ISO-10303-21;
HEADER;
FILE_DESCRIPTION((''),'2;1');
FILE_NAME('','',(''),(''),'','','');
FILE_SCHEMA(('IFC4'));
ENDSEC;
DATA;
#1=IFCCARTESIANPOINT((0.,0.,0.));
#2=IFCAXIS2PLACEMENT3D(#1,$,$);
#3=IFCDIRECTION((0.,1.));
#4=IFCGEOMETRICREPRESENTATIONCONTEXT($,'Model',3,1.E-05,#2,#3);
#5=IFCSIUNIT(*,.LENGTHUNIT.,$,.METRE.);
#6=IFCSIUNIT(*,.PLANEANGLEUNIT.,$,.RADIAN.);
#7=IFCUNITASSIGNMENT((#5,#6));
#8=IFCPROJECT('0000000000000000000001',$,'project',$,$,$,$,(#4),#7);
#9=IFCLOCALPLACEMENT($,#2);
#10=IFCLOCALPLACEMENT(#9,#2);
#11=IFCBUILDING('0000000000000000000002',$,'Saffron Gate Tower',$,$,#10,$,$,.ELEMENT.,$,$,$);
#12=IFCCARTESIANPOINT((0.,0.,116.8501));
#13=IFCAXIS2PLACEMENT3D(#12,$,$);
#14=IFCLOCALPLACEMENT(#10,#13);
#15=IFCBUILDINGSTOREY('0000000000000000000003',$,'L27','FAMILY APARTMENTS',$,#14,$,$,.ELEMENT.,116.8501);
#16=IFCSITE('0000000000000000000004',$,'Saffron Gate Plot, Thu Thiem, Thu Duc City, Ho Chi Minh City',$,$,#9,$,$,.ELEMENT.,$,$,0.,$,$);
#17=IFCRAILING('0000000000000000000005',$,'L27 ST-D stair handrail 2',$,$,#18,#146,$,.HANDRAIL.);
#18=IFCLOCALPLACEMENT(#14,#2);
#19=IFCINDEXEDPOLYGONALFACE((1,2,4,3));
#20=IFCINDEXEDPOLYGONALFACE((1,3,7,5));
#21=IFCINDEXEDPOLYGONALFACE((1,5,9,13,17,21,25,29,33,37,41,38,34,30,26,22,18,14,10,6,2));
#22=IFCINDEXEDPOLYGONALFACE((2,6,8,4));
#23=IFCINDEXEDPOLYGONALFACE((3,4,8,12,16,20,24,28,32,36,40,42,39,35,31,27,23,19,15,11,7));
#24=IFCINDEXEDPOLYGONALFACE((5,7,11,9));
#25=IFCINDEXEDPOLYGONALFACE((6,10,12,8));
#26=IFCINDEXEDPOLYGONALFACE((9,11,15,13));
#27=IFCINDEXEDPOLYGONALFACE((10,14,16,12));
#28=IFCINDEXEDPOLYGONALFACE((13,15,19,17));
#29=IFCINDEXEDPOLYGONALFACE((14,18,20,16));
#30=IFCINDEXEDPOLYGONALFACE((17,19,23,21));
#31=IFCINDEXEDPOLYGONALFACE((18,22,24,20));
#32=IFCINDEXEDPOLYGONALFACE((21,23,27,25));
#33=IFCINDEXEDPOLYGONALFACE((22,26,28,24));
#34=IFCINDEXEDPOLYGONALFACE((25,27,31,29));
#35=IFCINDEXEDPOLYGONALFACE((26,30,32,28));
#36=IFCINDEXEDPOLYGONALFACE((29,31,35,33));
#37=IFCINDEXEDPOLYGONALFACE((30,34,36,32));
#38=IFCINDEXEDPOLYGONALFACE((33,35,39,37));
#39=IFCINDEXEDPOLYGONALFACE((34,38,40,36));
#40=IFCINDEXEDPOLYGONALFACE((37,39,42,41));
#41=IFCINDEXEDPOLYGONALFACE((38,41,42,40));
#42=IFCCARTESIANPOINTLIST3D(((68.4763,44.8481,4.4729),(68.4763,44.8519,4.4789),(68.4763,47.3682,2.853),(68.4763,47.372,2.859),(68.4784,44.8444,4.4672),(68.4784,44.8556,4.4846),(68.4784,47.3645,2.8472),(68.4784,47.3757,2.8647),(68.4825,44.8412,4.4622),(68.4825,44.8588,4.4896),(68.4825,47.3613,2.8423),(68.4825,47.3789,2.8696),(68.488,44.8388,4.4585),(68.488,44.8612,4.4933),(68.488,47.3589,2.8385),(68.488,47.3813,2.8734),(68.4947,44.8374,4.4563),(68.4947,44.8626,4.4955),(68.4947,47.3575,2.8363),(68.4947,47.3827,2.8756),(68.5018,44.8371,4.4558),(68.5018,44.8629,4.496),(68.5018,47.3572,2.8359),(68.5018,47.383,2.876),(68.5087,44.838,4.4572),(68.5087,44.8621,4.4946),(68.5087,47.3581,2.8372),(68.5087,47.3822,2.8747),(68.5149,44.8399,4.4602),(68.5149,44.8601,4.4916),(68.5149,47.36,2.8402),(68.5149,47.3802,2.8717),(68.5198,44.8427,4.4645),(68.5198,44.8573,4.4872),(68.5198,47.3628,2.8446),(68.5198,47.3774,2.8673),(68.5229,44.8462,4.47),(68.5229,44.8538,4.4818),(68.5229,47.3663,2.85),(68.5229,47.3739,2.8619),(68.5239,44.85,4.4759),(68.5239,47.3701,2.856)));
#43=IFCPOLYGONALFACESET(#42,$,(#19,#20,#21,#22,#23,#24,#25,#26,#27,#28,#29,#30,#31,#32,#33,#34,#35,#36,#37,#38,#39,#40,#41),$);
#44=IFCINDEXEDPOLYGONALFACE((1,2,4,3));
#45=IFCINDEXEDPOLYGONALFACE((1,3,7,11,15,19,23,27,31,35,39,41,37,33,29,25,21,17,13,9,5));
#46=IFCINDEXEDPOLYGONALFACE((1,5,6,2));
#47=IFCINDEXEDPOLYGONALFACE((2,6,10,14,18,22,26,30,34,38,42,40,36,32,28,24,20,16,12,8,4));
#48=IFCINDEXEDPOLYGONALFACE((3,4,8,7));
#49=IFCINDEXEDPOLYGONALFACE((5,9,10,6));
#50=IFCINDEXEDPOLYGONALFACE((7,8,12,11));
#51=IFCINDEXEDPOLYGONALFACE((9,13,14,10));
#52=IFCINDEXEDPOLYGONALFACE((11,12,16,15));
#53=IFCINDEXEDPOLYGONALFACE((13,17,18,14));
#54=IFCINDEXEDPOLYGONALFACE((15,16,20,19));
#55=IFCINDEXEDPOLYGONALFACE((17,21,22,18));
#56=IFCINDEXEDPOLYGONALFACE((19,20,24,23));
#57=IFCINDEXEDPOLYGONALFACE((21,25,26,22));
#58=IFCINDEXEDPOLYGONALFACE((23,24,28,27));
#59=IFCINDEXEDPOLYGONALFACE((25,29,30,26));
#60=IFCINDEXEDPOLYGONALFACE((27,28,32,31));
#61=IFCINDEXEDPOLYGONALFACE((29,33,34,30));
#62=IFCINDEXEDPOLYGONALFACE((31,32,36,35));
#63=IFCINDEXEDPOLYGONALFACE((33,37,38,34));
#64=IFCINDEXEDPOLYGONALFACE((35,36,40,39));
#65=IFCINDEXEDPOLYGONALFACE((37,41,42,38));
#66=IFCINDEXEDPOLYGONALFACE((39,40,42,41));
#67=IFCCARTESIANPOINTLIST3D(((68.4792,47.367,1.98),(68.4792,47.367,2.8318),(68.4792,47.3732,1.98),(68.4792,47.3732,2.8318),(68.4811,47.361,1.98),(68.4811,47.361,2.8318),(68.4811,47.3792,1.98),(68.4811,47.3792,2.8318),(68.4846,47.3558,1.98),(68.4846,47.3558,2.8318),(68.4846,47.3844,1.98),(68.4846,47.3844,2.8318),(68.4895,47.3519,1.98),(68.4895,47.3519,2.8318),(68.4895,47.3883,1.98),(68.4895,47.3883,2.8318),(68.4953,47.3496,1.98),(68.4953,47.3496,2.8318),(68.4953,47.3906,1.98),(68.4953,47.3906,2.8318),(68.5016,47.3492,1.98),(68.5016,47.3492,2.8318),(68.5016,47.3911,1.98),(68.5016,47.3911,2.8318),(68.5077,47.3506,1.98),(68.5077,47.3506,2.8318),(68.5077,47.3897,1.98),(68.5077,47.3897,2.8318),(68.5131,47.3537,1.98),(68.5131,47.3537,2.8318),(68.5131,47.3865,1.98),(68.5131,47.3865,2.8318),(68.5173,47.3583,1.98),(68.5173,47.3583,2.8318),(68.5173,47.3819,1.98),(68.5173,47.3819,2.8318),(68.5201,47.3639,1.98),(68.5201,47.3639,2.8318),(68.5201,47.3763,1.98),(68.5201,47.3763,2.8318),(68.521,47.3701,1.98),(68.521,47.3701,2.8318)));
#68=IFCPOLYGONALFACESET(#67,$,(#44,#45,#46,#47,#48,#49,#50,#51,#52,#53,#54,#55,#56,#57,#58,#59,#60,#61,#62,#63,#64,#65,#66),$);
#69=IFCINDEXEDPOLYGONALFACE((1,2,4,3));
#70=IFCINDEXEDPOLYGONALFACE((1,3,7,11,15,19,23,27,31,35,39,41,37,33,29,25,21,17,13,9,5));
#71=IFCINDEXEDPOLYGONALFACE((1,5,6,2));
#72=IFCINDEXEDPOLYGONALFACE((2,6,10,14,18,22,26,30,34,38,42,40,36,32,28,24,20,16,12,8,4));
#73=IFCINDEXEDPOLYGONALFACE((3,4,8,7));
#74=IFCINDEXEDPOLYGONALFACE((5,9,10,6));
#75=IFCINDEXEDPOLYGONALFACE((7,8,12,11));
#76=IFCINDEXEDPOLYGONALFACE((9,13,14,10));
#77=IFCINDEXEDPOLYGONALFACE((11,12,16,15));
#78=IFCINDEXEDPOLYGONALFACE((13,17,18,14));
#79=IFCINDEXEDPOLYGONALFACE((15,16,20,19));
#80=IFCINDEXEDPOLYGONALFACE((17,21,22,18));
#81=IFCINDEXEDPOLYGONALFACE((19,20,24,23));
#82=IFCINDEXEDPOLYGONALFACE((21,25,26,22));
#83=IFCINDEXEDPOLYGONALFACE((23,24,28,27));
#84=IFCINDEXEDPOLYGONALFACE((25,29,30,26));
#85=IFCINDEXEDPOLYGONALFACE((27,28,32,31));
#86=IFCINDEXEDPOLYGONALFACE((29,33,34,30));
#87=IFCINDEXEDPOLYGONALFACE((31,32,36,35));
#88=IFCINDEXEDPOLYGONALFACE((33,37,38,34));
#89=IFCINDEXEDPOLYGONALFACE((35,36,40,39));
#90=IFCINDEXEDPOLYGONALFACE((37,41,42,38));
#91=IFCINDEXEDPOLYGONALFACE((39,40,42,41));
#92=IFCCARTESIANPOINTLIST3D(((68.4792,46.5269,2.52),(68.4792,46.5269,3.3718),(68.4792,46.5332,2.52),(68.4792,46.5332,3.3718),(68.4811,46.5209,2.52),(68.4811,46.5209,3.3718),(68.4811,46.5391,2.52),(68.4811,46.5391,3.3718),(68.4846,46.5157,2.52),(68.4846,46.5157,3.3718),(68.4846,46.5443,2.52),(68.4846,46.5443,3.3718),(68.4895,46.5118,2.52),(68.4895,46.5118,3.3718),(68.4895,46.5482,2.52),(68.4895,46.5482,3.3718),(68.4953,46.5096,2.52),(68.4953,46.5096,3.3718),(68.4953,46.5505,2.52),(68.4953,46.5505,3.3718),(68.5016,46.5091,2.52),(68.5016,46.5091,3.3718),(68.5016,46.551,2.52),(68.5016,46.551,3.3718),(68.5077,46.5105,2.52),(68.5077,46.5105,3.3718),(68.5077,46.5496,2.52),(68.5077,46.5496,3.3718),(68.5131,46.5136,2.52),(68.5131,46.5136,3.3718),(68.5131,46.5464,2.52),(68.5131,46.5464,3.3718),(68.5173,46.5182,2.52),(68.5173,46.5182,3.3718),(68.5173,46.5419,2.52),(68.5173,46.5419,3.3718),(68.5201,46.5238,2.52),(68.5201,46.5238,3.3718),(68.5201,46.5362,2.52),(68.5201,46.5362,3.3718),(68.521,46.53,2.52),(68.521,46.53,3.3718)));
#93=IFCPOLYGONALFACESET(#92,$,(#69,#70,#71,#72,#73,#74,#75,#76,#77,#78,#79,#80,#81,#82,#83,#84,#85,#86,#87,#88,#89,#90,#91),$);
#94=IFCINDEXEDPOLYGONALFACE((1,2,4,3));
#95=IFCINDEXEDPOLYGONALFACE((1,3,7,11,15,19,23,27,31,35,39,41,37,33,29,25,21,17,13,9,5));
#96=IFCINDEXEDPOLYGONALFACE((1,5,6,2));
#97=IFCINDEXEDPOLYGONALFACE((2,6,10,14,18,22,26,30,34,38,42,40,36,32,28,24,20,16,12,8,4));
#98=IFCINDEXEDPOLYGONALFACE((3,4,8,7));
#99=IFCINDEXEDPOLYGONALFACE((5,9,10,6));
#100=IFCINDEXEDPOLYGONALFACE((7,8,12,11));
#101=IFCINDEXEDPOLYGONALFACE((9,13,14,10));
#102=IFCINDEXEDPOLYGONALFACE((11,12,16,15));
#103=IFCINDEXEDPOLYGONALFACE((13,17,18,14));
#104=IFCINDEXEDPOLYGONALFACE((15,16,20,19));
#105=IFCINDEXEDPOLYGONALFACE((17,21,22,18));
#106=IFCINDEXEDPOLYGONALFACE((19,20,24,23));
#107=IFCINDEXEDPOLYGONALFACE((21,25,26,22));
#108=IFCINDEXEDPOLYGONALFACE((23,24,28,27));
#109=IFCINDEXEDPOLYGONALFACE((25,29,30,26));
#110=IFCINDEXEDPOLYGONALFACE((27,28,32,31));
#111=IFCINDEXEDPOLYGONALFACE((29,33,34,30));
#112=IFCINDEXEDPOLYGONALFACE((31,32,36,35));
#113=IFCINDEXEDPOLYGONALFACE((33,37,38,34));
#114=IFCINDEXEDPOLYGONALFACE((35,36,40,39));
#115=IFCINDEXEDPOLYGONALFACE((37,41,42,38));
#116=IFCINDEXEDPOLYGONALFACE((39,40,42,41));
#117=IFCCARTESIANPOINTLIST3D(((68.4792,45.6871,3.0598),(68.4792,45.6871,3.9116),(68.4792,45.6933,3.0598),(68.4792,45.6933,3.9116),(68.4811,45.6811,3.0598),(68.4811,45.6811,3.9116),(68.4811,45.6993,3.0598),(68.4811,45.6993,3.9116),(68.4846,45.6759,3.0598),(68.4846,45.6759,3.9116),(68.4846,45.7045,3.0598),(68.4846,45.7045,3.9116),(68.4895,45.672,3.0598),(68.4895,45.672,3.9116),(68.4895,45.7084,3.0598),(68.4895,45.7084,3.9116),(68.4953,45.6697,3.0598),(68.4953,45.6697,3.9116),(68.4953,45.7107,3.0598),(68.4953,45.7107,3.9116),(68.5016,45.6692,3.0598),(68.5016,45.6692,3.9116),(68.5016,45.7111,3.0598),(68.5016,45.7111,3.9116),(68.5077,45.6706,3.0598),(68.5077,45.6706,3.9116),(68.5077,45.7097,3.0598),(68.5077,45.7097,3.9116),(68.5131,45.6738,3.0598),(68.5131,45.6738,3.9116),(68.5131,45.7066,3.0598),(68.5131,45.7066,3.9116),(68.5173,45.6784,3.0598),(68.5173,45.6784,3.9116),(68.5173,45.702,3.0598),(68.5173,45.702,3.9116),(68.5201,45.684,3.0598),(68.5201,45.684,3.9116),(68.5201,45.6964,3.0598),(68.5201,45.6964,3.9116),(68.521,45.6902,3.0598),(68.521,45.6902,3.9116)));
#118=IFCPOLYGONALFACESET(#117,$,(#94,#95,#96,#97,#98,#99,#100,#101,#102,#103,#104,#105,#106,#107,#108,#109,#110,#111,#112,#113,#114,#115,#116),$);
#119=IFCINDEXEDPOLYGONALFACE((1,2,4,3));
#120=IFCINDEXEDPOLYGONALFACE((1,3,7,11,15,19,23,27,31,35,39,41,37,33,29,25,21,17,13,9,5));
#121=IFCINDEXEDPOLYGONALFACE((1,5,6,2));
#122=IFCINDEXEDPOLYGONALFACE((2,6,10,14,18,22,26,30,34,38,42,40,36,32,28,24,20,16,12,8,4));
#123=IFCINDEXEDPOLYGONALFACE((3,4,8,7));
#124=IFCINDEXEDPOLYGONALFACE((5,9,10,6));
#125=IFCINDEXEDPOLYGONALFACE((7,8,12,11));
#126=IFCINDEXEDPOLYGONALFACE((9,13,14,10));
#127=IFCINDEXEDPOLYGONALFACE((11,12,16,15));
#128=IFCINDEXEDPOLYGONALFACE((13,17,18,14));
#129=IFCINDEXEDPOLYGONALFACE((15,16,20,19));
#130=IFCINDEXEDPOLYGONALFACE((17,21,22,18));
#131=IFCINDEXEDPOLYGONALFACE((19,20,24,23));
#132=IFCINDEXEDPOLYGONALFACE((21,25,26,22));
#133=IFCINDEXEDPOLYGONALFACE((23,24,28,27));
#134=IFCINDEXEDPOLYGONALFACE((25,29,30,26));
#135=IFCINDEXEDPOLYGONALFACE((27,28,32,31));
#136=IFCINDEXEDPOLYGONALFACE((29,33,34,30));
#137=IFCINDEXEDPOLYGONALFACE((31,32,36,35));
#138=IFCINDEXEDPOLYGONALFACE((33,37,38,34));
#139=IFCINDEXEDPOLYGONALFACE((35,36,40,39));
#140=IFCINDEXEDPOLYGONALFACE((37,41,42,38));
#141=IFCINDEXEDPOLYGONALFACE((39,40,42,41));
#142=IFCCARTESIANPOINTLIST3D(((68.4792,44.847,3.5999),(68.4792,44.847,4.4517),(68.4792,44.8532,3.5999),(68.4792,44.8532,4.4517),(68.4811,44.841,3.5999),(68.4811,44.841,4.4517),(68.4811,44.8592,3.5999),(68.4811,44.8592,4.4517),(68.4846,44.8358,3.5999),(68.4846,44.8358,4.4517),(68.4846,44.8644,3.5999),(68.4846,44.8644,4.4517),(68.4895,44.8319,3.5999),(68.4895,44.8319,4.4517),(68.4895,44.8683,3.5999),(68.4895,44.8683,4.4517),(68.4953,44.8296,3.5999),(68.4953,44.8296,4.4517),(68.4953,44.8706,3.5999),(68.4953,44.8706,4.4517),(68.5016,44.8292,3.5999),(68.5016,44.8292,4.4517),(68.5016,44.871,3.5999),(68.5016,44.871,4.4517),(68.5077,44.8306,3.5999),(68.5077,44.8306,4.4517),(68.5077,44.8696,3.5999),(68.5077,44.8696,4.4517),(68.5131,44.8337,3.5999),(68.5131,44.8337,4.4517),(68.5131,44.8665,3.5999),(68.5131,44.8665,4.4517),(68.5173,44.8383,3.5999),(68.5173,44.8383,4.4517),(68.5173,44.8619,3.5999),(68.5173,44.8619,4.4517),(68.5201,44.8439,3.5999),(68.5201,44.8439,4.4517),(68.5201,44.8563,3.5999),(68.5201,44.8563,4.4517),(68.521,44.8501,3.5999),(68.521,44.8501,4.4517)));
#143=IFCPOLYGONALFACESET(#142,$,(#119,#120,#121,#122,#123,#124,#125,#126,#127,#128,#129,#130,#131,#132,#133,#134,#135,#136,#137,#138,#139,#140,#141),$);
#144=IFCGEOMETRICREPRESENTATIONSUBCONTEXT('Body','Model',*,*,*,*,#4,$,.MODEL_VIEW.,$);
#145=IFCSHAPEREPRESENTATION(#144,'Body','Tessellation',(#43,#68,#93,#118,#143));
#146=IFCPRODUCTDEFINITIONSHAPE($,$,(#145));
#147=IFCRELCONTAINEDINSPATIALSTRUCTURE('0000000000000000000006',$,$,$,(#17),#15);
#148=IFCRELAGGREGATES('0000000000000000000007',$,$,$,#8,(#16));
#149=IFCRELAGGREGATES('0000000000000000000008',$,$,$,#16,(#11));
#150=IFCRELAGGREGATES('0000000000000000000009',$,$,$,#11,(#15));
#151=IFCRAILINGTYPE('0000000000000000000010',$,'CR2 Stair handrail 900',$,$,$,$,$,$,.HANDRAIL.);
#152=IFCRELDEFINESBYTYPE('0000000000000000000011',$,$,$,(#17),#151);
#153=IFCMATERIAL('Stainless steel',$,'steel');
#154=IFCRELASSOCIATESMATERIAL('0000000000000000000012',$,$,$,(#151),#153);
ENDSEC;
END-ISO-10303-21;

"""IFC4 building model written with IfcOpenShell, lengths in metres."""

from ifc_helpers import new_model, si_unit, direction, frame, origin, origin_2d, place, context, subcontext, project, spatial, circle, extrude, material, type_object, element, save


model = new_model("IFC4")

# Units and contexts
model_context = context("Model", 3, precision=1e-05, world=origin(), true_north=direction((0.0, 1.0)))
body_context = subcontext(model_context, "Body", "Model", "MODEL_VIEW")
ifc_project = project(units=[si_unit("LENGTHUNIT", "METRE"), si_unit("PLANEANGLEUNIT", "RADIAN")], contexts=[model_context])

# Site, building, storey
site_placement = place(None, origin())
site = spatial("IfcSite", under=ifc_project, at=site_placement, Name="Saffron Gate Plot, Thu Thiem, Thu Duc City, Ho Chi Minh City", CompositionType="ELEMENT", RefElevation=0.0)
building_placement = place(site_placement, origin())
building = spatial("IfcBuilding", under=site, at=building_placement, Name="Saffron Gate Tower", CompositionType="ELEMENT")
storey_placement = place(building_placement, frame((0.0, 0.0, 116.8501)))
storey = spatial("IfcBuildingStorey", under=building, at=storey_placement, Name="L27", Description="FAMILY APARTMENTS", CompositionType="ELEMENT", Elevation=116.8501)

# Railing
ifc_material_1 = material(Name="Stainless steel", Category="steel")
railing_type_1 = type_object("IfcRailingType", Name="CR2 Stair handrail 900", PredefinedType="HANDRAIL", material=ifc_material_1)
railing_1_placement = place(storey_placement, frame((68.5, 47.3701, 1.98)))
element("IfcRailing", 1, at=railing_1_placement, inside=storey, type_object=railing_type_1, Name="L27 ST-D stair handrail 2", PredefinedType="HANDRAIL", context=body_context, shape_type="SweptSolid", body=[
    extrude(circle(Radius=0.0239, at=origin_2d()), frame((0.0, 0.0, 0.876), z_axis=(0.0, -0.8412, 0.540725), x_axis=(1.0, 0.0, 0.0)), (0.0, 0.0, 1.0), 2.9958),
    extrude(circle(Radius=0.021, at=origin_2d()), origin(), (0.0, 0.0, 1.0), 0.8518),
    extrude(circle(Radius=0.021, at=origin_2d()), frame((0.0, -0.8401, 0.54)), (0.0, 0.0, 1.0), 0.8518),
    extrude(circle(Radius=0.021, at=origin_2d()), frame((0.0, -1.6799, 1.0798)), (0.0, 0.0, 1.0), 0.8518),
    extrude(circle(Radius=0.021, at=origin_2d()), frame((0.0, -2.52, 1.6199)), (0.0, 0.0, 1.0), 0.8518),
])

save(model, "model.ifc")
